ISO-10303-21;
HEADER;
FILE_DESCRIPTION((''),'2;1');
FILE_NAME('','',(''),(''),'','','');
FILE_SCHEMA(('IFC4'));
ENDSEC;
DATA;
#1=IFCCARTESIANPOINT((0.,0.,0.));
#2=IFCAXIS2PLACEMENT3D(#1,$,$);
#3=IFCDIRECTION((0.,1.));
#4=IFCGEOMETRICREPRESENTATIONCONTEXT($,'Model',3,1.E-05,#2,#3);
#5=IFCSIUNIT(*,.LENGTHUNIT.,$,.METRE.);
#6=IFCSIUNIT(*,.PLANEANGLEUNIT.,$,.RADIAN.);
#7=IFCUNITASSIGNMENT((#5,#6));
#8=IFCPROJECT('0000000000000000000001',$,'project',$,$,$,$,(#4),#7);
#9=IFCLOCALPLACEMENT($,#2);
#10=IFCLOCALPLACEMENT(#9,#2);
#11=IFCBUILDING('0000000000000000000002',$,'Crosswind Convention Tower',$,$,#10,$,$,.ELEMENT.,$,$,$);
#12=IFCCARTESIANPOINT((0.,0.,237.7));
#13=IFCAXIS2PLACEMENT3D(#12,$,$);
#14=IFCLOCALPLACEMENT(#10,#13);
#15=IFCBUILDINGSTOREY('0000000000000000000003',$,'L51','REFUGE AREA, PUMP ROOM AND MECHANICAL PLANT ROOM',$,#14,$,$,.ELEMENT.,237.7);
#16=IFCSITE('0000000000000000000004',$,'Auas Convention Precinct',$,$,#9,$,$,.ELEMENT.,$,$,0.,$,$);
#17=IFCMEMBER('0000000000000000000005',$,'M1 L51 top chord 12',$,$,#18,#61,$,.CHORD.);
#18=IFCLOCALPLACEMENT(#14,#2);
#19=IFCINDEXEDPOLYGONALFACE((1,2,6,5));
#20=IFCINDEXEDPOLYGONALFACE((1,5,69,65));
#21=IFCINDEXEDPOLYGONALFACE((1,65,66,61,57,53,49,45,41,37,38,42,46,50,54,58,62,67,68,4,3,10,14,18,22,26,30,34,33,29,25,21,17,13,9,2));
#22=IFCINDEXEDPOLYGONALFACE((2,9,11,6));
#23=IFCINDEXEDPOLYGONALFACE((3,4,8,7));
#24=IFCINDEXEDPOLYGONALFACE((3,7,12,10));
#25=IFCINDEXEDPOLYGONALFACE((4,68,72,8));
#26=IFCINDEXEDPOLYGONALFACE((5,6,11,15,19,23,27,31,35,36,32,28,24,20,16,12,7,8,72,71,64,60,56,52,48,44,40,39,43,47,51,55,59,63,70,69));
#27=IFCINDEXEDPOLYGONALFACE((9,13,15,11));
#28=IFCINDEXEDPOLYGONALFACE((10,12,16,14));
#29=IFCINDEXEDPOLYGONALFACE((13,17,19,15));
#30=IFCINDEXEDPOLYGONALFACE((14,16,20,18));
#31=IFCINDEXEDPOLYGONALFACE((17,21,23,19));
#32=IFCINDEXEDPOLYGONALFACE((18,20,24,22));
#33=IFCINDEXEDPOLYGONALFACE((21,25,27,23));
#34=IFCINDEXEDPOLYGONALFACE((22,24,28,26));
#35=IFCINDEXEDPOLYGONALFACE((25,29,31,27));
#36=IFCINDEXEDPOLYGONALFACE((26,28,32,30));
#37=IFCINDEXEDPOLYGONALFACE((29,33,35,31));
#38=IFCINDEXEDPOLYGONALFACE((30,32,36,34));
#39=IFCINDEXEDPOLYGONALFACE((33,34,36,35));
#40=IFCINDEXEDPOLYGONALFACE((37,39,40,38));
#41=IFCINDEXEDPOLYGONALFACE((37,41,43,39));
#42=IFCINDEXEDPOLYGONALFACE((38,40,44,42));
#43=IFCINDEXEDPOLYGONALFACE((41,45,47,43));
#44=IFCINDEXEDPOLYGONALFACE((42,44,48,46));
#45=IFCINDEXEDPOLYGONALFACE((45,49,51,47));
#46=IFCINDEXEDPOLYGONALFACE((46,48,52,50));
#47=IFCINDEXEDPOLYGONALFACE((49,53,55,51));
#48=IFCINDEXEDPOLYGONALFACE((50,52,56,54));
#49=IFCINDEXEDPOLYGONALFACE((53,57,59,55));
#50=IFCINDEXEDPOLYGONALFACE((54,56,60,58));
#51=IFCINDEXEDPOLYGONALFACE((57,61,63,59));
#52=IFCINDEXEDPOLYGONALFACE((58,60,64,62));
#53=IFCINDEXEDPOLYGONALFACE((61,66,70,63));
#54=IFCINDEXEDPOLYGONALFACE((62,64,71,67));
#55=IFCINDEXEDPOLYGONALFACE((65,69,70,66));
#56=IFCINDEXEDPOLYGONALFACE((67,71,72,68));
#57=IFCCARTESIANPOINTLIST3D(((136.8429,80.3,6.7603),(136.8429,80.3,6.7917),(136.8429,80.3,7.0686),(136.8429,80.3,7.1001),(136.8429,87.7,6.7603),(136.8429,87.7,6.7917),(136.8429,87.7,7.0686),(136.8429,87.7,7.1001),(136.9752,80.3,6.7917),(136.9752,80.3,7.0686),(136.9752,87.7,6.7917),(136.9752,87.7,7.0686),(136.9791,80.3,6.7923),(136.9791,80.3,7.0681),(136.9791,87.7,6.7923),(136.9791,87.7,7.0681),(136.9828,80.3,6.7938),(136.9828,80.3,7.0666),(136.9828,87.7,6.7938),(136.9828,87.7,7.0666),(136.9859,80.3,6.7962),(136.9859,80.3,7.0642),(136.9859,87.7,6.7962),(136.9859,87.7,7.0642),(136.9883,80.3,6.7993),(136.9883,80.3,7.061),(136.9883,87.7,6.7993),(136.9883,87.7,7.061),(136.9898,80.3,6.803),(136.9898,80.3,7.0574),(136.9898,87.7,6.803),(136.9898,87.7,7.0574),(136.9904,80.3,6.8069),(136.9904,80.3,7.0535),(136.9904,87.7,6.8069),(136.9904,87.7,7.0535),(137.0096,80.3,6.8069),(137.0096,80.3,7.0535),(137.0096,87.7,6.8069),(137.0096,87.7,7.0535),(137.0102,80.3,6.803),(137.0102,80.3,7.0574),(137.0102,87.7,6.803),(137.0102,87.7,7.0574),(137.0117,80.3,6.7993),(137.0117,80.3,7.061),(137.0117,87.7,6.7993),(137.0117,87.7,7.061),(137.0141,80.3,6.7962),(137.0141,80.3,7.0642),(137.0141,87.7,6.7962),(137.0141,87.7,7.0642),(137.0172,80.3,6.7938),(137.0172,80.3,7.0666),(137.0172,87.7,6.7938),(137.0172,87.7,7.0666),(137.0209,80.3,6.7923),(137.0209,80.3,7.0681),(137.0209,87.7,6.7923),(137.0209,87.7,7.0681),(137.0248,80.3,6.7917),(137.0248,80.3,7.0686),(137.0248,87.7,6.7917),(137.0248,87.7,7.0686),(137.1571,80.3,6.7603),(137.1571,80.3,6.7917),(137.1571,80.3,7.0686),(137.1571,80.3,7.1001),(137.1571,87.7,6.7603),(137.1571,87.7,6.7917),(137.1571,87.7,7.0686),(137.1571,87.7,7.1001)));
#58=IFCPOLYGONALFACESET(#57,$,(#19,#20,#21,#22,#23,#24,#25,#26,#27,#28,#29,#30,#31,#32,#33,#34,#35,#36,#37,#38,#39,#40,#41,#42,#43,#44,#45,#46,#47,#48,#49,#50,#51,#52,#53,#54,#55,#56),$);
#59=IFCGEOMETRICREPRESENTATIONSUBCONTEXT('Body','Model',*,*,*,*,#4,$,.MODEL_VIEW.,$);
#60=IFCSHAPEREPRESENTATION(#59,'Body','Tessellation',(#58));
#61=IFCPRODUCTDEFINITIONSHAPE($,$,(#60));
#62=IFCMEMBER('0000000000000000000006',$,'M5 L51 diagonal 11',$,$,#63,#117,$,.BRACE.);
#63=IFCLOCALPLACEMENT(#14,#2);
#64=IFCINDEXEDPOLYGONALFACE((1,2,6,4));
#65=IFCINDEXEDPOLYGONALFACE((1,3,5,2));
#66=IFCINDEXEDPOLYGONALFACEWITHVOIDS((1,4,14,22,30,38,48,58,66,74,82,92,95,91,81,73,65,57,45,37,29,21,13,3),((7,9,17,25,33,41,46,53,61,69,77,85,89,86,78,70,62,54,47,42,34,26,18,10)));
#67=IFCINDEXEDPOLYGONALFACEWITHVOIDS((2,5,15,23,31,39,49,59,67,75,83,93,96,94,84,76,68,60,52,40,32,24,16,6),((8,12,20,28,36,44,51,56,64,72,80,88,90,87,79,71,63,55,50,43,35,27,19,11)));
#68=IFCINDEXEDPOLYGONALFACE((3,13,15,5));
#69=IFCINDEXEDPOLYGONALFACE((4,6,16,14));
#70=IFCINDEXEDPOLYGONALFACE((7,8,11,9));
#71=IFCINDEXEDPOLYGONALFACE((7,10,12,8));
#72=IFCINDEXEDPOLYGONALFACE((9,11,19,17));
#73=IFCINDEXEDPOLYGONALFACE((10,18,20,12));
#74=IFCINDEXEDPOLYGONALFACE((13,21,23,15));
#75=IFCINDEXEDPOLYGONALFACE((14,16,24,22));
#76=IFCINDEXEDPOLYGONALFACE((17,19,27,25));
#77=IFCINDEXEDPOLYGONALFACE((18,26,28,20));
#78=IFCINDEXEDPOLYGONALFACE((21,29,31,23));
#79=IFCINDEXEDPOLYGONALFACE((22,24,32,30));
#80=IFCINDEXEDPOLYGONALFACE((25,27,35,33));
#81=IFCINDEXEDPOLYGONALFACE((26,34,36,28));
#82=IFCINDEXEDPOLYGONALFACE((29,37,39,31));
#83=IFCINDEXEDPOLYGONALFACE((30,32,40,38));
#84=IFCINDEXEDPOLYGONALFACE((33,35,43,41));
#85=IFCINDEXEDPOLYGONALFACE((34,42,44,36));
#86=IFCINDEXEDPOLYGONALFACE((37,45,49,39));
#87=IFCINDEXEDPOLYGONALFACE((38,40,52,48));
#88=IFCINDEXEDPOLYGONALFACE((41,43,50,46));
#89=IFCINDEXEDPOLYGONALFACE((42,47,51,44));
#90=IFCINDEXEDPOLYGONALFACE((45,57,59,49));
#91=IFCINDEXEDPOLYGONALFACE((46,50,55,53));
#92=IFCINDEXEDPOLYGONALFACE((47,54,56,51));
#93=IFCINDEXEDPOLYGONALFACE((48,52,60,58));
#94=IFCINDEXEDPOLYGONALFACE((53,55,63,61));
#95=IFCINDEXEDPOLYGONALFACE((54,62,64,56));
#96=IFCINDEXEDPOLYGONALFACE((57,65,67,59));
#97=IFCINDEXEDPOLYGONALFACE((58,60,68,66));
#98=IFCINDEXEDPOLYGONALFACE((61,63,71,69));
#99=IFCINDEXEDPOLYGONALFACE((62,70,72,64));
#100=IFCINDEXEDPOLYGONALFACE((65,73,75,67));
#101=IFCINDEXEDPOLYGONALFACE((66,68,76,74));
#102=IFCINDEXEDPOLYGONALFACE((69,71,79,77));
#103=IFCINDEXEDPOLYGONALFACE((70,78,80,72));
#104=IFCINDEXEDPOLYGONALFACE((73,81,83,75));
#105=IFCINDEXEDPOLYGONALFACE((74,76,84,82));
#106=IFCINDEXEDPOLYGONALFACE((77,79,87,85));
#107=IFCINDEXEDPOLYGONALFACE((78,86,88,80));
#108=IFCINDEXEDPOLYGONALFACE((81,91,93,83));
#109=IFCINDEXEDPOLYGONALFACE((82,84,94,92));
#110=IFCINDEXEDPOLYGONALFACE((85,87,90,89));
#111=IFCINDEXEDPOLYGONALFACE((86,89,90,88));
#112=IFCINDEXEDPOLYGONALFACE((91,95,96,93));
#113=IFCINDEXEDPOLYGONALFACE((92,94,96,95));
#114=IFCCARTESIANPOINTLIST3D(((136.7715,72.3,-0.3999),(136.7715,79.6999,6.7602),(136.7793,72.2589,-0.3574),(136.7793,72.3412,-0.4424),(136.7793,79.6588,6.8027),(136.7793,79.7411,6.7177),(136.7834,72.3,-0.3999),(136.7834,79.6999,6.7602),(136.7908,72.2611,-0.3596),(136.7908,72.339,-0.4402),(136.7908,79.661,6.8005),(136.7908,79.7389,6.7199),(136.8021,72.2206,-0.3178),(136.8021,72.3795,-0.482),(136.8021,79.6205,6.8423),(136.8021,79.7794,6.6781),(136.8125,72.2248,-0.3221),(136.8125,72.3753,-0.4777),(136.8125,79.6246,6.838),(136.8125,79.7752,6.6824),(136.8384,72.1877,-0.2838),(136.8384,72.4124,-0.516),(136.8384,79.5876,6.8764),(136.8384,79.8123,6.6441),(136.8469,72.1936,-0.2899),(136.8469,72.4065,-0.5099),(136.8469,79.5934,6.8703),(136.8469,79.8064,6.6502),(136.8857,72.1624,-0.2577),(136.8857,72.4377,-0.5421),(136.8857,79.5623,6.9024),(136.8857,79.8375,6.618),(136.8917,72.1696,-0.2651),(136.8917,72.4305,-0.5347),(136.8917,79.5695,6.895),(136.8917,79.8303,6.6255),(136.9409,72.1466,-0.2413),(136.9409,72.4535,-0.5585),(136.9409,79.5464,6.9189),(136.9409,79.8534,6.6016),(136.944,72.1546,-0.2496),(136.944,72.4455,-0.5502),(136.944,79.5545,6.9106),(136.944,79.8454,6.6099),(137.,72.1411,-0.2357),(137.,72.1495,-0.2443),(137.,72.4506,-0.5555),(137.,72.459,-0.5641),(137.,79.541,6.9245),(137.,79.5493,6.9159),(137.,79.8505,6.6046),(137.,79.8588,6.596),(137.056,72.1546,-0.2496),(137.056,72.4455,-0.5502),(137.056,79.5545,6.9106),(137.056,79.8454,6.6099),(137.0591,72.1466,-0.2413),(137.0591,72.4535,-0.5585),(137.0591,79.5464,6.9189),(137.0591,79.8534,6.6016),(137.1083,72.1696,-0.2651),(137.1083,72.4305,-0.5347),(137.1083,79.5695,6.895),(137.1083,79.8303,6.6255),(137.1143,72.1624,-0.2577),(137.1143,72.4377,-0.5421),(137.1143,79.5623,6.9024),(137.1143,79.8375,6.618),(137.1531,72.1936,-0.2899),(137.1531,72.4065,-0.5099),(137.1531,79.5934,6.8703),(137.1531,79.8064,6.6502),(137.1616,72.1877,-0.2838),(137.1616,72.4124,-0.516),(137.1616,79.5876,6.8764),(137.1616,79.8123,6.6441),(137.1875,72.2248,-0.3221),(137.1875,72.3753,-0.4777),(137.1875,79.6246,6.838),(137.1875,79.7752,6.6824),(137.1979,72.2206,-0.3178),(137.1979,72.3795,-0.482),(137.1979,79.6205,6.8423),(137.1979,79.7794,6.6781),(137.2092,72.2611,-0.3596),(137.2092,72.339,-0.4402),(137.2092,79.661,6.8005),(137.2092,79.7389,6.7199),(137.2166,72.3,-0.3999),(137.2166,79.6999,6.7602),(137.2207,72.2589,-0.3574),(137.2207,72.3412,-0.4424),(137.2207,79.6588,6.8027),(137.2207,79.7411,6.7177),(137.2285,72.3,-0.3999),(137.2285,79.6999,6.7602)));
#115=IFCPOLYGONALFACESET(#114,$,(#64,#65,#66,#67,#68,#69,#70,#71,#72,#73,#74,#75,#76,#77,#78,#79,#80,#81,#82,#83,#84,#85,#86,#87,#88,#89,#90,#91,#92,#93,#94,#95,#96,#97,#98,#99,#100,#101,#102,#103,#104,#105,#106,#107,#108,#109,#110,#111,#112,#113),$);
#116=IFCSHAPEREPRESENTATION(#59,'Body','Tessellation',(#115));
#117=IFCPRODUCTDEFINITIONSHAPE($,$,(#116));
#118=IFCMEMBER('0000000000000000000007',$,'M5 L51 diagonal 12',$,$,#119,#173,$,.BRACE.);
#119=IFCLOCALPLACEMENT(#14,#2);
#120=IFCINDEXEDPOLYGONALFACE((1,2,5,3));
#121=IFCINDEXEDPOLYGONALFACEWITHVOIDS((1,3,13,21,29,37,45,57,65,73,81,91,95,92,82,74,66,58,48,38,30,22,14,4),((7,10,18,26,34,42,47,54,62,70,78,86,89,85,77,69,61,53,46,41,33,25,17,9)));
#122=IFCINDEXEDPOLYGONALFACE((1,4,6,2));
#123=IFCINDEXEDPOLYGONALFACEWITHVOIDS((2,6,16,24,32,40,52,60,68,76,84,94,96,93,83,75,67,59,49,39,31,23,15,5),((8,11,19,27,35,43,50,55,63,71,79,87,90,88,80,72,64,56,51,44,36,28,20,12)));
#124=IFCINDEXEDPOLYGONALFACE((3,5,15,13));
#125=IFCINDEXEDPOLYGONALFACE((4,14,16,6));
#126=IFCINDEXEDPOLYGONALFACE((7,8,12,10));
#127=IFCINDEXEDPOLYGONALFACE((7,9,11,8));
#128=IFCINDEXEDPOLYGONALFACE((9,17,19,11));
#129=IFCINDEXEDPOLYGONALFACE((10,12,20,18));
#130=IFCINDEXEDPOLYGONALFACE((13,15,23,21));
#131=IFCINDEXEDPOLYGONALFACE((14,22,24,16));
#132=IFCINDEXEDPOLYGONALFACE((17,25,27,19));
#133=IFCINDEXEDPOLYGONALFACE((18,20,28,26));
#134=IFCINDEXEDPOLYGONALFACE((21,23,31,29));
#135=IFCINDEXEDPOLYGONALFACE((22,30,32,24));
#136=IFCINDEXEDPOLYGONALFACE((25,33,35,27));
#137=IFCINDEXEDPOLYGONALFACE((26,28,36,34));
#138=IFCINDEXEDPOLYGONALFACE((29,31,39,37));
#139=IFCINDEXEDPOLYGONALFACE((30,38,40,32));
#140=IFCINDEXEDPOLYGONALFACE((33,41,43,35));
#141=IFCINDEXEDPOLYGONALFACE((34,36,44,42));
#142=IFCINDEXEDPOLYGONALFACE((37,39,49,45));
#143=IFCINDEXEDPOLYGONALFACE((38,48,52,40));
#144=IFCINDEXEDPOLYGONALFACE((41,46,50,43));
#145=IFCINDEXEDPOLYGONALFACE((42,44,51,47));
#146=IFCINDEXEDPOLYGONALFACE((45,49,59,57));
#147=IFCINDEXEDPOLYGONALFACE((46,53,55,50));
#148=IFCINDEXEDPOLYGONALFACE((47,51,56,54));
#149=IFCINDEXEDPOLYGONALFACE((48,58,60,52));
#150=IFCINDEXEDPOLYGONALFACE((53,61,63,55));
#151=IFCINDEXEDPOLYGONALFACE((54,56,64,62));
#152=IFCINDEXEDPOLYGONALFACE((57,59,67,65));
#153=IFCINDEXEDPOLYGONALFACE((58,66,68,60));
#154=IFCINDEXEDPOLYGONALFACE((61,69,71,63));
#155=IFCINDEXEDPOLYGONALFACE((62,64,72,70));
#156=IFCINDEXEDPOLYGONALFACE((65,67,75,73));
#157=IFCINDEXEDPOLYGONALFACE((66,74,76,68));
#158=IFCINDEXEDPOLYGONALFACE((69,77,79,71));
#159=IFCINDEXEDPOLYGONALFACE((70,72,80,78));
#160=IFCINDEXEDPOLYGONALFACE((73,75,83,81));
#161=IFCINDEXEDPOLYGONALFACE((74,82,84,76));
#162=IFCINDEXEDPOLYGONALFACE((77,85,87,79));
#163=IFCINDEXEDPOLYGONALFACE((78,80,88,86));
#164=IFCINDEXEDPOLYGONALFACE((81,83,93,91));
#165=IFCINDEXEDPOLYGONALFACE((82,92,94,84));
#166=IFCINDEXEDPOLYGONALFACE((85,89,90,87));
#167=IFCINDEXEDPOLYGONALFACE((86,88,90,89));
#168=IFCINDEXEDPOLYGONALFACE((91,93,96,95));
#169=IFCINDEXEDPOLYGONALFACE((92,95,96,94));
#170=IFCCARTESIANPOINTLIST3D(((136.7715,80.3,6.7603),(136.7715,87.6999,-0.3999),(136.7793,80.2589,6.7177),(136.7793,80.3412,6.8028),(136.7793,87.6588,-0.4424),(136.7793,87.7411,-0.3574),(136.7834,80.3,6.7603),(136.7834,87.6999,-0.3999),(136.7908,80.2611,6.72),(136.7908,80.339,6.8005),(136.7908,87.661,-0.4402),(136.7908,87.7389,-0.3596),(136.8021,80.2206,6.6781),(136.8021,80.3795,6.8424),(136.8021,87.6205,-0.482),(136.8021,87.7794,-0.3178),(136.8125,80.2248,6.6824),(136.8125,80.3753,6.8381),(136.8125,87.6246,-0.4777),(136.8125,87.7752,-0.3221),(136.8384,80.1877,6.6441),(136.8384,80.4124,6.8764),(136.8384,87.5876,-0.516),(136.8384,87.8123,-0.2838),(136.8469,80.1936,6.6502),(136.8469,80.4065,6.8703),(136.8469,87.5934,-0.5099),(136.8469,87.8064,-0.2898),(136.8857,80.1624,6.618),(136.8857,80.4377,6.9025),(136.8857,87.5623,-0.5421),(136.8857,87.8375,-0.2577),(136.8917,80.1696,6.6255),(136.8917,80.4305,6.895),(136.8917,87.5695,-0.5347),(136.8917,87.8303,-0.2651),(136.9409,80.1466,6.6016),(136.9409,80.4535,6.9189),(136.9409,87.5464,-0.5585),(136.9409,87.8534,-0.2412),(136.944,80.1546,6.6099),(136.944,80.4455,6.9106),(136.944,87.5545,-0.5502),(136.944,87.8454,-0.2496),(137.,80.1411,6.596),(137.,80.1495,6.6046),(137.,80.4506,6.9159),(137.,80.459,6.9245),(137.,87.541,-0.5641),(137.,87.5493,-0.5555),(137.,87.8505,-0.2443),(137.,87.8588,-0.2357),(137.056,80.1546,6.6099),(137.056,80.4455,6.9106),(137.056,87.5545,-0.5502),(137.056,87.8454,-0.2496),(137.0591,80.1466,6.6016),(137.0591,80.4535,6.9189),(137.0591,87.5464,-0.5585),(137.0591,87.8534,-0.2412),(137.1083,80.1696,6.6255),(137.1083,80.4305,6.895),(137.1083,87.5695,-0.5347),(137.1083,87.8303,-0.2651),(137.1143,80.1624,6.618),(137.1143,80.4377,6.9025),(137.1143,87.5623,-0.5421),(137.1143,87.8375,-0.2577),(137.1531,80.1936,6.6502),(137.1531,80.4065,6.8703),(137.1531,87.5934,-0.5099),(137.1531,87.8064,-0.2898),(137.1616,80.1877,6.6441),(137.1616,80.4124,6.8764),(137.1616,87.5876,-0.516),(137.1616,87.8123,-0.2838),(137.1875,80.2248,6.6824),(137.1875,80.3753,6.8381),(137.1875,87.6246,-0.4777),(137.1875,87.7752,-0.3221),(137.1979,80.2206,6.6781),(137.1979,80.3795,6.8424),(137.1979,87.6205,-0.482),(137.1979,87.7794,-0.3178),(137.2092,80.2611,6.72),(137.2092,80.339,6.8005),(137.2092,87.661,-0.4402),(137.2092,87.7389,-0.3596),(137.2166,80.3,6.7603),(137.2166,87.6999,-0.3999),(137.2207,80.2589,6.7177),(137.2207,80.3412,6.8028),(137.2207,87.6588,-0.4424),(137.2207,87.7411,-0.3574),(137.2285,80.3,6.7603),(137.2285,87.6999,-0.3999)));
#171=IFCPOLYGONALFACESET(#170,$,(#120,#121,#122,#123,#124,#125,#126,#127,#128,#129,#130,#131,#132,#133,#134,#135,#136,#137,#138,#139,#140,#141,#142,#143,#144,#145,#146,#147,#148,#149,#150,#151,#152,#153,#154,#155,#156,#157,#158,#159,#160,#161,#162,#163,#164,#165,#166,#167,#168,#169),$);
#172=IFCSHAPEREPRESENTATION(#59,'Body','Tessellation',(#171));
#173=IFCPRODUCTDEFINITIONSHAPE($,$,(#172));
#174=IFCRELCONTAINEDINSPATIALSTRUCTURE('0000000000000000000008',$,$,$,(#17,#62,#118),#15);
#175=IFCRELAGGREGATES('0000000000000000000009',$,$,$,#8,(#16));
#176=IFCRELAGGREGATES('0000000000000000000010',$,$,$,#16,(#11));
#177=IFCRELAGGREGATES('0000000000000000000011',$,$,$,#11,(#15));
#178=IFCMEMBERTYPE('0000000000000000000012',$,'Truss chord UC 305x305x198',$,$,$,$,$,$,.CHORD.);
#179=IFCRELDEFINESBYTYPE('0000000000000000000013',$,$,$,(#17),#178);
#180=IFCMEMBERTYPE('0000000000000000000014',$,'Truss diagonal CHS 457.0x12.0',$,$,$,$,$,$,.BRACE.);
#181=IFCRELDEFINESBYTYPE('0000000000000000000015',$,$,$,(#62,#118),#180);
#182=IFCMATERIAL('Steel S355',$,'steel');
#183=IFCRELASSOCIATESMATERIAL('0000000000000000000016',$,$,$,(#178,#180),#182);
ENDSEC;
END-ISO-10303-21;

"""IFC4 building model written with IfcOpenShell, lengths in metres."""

from ifc_helpers import new_model, si_unit, direction, frame, origin, origin_2d, place, context, subcontext, project, spatial, hollow_circle, i_section, extrude, material, material_profile, profile_set, type_object, element, save


model = new_model("IFC4")

# Units and contexts
model_context = context("Model", 3, precision=1e-05, world=origin(), true_north=direction((0.0, 1.0)))
body_context = subcontext(model_context, "Body", "Model", "MODEL_VIEW")
ifc_project = project(units=[si_unit("LENGTHUNIT", "METRE"), si_unit("PLANEANGLEUNIT", "RADIAN")], contexts=[model_context])

# Site, building, storey
site_placement = place(None, origin())
site = spatial("IfcSite", under=ifc_project, at=site_placement, Name="Auas Convention Precinct", CompositionType="ELEMENT", RefElevation=0.0)
building_placement = place(site_placement, origin())
building = spatial("IfcBuilding", under=site, at=building_placement, Name="Crosswind Convention Tower", CompositionType="ELEMENT")
storey_placement = place(building_placement, frame((0.0, 0.0, 237.7)))
storey = spatial("IfcBuildingStorey", under=building, at=storey_placement, Name="L51", Description="REFUGE AREA, PUMP ROOM AND MECHANICAL PLANT ROOM", CompositionType="ELEMENT", Elevation=237.7)

# Members
ifc_material_1 = material(Name="Steel S355", Category="steel")
ifc_material_profile_1 = material_profile(ifc_material_1, i_section(OverallWidth=0.3142, OverallDepth=0.3398, WebThickness=0.0193, FlangeThickness=0.0315, FilletRadius=0.0151, at=origin_2d()), Name="UC 305x305x198")
ifc_profile_set_1 = profile_set([ifc_material_profile_1], Name="Steel S355")
member_type_1 = type_object("IfcMemberType", Name="Truss chord UC 305x305x198", PredefinedType="CHORD", material=ifc_profile_set_1)
member_1_placement = place(storey_placement, frame((137.0, 80.3, 6.9302), z_axis=(0.0, 1.0, 0.0), x_axis=(-1.0, 0.0, 0.0)))
element("IfcMember", 1, at=member_1_placement, inside=storey, type_object=member_type_1, Name="M1 L51 top chord 12", PredefinedType="CHORD", context=body_context, shape_type="SweptSolid", body=[
    extrude(i_section(OverallWidth=0.3142, OverallDepth=0.3398, WebThickness=0.0193, FlangeThickness=0.0315, FilletRadius=0.0151, at=origin_2d()), origin(), (0.0, 0.0, 1.0), 7.3999),
])
ifc_material_profile_2 = material_profile(ifc_material_1, hollow_circle(Radius=0.2285, WallThickness=0.012, at=origin_2d()), Name="CHS 457.0x12.0")
ifc_profile_set_2 = profile_set([ifc_material_profile_2], Name="Steel S355")
member_type_2 = type_object("IfcMemberType", Name="Truss diagonal CHS 457.0x12.0", PredefinedType="BRACE", material=ifc_profile_set_2)
for number, where, z_axis, x_axis, name in (
    (2, (137.0, 72.3, -0.3999), (0.0, 0.718653, 0.695369), (-1.0, 0.0, 0.0), "M5 L51 diagonal 11"),
    (3, (137.0, 80.3, 6.7603), (0.0, 0.718653, -0.695369), (-1.0, 0.0, 0.0), "M5 L51 diagonal 12"),
):
    element("IfcMember", number, at=place(storey_placement, frame(where, z_axis=z_axis, x_axis=x_axis)), inside=storey, type_object=member_type_2, Name=name, PredefinedType="BRACE", context=body_context, shape_type="SweptSolid", body=[
        extrude(hollow_circle(Radius=0.2285, WallThickness=0.012, at=origin_2d()), origin(), (0.0, 0.0, 1.0), 10.2969),
    ])

save(model, "model.ifc")
